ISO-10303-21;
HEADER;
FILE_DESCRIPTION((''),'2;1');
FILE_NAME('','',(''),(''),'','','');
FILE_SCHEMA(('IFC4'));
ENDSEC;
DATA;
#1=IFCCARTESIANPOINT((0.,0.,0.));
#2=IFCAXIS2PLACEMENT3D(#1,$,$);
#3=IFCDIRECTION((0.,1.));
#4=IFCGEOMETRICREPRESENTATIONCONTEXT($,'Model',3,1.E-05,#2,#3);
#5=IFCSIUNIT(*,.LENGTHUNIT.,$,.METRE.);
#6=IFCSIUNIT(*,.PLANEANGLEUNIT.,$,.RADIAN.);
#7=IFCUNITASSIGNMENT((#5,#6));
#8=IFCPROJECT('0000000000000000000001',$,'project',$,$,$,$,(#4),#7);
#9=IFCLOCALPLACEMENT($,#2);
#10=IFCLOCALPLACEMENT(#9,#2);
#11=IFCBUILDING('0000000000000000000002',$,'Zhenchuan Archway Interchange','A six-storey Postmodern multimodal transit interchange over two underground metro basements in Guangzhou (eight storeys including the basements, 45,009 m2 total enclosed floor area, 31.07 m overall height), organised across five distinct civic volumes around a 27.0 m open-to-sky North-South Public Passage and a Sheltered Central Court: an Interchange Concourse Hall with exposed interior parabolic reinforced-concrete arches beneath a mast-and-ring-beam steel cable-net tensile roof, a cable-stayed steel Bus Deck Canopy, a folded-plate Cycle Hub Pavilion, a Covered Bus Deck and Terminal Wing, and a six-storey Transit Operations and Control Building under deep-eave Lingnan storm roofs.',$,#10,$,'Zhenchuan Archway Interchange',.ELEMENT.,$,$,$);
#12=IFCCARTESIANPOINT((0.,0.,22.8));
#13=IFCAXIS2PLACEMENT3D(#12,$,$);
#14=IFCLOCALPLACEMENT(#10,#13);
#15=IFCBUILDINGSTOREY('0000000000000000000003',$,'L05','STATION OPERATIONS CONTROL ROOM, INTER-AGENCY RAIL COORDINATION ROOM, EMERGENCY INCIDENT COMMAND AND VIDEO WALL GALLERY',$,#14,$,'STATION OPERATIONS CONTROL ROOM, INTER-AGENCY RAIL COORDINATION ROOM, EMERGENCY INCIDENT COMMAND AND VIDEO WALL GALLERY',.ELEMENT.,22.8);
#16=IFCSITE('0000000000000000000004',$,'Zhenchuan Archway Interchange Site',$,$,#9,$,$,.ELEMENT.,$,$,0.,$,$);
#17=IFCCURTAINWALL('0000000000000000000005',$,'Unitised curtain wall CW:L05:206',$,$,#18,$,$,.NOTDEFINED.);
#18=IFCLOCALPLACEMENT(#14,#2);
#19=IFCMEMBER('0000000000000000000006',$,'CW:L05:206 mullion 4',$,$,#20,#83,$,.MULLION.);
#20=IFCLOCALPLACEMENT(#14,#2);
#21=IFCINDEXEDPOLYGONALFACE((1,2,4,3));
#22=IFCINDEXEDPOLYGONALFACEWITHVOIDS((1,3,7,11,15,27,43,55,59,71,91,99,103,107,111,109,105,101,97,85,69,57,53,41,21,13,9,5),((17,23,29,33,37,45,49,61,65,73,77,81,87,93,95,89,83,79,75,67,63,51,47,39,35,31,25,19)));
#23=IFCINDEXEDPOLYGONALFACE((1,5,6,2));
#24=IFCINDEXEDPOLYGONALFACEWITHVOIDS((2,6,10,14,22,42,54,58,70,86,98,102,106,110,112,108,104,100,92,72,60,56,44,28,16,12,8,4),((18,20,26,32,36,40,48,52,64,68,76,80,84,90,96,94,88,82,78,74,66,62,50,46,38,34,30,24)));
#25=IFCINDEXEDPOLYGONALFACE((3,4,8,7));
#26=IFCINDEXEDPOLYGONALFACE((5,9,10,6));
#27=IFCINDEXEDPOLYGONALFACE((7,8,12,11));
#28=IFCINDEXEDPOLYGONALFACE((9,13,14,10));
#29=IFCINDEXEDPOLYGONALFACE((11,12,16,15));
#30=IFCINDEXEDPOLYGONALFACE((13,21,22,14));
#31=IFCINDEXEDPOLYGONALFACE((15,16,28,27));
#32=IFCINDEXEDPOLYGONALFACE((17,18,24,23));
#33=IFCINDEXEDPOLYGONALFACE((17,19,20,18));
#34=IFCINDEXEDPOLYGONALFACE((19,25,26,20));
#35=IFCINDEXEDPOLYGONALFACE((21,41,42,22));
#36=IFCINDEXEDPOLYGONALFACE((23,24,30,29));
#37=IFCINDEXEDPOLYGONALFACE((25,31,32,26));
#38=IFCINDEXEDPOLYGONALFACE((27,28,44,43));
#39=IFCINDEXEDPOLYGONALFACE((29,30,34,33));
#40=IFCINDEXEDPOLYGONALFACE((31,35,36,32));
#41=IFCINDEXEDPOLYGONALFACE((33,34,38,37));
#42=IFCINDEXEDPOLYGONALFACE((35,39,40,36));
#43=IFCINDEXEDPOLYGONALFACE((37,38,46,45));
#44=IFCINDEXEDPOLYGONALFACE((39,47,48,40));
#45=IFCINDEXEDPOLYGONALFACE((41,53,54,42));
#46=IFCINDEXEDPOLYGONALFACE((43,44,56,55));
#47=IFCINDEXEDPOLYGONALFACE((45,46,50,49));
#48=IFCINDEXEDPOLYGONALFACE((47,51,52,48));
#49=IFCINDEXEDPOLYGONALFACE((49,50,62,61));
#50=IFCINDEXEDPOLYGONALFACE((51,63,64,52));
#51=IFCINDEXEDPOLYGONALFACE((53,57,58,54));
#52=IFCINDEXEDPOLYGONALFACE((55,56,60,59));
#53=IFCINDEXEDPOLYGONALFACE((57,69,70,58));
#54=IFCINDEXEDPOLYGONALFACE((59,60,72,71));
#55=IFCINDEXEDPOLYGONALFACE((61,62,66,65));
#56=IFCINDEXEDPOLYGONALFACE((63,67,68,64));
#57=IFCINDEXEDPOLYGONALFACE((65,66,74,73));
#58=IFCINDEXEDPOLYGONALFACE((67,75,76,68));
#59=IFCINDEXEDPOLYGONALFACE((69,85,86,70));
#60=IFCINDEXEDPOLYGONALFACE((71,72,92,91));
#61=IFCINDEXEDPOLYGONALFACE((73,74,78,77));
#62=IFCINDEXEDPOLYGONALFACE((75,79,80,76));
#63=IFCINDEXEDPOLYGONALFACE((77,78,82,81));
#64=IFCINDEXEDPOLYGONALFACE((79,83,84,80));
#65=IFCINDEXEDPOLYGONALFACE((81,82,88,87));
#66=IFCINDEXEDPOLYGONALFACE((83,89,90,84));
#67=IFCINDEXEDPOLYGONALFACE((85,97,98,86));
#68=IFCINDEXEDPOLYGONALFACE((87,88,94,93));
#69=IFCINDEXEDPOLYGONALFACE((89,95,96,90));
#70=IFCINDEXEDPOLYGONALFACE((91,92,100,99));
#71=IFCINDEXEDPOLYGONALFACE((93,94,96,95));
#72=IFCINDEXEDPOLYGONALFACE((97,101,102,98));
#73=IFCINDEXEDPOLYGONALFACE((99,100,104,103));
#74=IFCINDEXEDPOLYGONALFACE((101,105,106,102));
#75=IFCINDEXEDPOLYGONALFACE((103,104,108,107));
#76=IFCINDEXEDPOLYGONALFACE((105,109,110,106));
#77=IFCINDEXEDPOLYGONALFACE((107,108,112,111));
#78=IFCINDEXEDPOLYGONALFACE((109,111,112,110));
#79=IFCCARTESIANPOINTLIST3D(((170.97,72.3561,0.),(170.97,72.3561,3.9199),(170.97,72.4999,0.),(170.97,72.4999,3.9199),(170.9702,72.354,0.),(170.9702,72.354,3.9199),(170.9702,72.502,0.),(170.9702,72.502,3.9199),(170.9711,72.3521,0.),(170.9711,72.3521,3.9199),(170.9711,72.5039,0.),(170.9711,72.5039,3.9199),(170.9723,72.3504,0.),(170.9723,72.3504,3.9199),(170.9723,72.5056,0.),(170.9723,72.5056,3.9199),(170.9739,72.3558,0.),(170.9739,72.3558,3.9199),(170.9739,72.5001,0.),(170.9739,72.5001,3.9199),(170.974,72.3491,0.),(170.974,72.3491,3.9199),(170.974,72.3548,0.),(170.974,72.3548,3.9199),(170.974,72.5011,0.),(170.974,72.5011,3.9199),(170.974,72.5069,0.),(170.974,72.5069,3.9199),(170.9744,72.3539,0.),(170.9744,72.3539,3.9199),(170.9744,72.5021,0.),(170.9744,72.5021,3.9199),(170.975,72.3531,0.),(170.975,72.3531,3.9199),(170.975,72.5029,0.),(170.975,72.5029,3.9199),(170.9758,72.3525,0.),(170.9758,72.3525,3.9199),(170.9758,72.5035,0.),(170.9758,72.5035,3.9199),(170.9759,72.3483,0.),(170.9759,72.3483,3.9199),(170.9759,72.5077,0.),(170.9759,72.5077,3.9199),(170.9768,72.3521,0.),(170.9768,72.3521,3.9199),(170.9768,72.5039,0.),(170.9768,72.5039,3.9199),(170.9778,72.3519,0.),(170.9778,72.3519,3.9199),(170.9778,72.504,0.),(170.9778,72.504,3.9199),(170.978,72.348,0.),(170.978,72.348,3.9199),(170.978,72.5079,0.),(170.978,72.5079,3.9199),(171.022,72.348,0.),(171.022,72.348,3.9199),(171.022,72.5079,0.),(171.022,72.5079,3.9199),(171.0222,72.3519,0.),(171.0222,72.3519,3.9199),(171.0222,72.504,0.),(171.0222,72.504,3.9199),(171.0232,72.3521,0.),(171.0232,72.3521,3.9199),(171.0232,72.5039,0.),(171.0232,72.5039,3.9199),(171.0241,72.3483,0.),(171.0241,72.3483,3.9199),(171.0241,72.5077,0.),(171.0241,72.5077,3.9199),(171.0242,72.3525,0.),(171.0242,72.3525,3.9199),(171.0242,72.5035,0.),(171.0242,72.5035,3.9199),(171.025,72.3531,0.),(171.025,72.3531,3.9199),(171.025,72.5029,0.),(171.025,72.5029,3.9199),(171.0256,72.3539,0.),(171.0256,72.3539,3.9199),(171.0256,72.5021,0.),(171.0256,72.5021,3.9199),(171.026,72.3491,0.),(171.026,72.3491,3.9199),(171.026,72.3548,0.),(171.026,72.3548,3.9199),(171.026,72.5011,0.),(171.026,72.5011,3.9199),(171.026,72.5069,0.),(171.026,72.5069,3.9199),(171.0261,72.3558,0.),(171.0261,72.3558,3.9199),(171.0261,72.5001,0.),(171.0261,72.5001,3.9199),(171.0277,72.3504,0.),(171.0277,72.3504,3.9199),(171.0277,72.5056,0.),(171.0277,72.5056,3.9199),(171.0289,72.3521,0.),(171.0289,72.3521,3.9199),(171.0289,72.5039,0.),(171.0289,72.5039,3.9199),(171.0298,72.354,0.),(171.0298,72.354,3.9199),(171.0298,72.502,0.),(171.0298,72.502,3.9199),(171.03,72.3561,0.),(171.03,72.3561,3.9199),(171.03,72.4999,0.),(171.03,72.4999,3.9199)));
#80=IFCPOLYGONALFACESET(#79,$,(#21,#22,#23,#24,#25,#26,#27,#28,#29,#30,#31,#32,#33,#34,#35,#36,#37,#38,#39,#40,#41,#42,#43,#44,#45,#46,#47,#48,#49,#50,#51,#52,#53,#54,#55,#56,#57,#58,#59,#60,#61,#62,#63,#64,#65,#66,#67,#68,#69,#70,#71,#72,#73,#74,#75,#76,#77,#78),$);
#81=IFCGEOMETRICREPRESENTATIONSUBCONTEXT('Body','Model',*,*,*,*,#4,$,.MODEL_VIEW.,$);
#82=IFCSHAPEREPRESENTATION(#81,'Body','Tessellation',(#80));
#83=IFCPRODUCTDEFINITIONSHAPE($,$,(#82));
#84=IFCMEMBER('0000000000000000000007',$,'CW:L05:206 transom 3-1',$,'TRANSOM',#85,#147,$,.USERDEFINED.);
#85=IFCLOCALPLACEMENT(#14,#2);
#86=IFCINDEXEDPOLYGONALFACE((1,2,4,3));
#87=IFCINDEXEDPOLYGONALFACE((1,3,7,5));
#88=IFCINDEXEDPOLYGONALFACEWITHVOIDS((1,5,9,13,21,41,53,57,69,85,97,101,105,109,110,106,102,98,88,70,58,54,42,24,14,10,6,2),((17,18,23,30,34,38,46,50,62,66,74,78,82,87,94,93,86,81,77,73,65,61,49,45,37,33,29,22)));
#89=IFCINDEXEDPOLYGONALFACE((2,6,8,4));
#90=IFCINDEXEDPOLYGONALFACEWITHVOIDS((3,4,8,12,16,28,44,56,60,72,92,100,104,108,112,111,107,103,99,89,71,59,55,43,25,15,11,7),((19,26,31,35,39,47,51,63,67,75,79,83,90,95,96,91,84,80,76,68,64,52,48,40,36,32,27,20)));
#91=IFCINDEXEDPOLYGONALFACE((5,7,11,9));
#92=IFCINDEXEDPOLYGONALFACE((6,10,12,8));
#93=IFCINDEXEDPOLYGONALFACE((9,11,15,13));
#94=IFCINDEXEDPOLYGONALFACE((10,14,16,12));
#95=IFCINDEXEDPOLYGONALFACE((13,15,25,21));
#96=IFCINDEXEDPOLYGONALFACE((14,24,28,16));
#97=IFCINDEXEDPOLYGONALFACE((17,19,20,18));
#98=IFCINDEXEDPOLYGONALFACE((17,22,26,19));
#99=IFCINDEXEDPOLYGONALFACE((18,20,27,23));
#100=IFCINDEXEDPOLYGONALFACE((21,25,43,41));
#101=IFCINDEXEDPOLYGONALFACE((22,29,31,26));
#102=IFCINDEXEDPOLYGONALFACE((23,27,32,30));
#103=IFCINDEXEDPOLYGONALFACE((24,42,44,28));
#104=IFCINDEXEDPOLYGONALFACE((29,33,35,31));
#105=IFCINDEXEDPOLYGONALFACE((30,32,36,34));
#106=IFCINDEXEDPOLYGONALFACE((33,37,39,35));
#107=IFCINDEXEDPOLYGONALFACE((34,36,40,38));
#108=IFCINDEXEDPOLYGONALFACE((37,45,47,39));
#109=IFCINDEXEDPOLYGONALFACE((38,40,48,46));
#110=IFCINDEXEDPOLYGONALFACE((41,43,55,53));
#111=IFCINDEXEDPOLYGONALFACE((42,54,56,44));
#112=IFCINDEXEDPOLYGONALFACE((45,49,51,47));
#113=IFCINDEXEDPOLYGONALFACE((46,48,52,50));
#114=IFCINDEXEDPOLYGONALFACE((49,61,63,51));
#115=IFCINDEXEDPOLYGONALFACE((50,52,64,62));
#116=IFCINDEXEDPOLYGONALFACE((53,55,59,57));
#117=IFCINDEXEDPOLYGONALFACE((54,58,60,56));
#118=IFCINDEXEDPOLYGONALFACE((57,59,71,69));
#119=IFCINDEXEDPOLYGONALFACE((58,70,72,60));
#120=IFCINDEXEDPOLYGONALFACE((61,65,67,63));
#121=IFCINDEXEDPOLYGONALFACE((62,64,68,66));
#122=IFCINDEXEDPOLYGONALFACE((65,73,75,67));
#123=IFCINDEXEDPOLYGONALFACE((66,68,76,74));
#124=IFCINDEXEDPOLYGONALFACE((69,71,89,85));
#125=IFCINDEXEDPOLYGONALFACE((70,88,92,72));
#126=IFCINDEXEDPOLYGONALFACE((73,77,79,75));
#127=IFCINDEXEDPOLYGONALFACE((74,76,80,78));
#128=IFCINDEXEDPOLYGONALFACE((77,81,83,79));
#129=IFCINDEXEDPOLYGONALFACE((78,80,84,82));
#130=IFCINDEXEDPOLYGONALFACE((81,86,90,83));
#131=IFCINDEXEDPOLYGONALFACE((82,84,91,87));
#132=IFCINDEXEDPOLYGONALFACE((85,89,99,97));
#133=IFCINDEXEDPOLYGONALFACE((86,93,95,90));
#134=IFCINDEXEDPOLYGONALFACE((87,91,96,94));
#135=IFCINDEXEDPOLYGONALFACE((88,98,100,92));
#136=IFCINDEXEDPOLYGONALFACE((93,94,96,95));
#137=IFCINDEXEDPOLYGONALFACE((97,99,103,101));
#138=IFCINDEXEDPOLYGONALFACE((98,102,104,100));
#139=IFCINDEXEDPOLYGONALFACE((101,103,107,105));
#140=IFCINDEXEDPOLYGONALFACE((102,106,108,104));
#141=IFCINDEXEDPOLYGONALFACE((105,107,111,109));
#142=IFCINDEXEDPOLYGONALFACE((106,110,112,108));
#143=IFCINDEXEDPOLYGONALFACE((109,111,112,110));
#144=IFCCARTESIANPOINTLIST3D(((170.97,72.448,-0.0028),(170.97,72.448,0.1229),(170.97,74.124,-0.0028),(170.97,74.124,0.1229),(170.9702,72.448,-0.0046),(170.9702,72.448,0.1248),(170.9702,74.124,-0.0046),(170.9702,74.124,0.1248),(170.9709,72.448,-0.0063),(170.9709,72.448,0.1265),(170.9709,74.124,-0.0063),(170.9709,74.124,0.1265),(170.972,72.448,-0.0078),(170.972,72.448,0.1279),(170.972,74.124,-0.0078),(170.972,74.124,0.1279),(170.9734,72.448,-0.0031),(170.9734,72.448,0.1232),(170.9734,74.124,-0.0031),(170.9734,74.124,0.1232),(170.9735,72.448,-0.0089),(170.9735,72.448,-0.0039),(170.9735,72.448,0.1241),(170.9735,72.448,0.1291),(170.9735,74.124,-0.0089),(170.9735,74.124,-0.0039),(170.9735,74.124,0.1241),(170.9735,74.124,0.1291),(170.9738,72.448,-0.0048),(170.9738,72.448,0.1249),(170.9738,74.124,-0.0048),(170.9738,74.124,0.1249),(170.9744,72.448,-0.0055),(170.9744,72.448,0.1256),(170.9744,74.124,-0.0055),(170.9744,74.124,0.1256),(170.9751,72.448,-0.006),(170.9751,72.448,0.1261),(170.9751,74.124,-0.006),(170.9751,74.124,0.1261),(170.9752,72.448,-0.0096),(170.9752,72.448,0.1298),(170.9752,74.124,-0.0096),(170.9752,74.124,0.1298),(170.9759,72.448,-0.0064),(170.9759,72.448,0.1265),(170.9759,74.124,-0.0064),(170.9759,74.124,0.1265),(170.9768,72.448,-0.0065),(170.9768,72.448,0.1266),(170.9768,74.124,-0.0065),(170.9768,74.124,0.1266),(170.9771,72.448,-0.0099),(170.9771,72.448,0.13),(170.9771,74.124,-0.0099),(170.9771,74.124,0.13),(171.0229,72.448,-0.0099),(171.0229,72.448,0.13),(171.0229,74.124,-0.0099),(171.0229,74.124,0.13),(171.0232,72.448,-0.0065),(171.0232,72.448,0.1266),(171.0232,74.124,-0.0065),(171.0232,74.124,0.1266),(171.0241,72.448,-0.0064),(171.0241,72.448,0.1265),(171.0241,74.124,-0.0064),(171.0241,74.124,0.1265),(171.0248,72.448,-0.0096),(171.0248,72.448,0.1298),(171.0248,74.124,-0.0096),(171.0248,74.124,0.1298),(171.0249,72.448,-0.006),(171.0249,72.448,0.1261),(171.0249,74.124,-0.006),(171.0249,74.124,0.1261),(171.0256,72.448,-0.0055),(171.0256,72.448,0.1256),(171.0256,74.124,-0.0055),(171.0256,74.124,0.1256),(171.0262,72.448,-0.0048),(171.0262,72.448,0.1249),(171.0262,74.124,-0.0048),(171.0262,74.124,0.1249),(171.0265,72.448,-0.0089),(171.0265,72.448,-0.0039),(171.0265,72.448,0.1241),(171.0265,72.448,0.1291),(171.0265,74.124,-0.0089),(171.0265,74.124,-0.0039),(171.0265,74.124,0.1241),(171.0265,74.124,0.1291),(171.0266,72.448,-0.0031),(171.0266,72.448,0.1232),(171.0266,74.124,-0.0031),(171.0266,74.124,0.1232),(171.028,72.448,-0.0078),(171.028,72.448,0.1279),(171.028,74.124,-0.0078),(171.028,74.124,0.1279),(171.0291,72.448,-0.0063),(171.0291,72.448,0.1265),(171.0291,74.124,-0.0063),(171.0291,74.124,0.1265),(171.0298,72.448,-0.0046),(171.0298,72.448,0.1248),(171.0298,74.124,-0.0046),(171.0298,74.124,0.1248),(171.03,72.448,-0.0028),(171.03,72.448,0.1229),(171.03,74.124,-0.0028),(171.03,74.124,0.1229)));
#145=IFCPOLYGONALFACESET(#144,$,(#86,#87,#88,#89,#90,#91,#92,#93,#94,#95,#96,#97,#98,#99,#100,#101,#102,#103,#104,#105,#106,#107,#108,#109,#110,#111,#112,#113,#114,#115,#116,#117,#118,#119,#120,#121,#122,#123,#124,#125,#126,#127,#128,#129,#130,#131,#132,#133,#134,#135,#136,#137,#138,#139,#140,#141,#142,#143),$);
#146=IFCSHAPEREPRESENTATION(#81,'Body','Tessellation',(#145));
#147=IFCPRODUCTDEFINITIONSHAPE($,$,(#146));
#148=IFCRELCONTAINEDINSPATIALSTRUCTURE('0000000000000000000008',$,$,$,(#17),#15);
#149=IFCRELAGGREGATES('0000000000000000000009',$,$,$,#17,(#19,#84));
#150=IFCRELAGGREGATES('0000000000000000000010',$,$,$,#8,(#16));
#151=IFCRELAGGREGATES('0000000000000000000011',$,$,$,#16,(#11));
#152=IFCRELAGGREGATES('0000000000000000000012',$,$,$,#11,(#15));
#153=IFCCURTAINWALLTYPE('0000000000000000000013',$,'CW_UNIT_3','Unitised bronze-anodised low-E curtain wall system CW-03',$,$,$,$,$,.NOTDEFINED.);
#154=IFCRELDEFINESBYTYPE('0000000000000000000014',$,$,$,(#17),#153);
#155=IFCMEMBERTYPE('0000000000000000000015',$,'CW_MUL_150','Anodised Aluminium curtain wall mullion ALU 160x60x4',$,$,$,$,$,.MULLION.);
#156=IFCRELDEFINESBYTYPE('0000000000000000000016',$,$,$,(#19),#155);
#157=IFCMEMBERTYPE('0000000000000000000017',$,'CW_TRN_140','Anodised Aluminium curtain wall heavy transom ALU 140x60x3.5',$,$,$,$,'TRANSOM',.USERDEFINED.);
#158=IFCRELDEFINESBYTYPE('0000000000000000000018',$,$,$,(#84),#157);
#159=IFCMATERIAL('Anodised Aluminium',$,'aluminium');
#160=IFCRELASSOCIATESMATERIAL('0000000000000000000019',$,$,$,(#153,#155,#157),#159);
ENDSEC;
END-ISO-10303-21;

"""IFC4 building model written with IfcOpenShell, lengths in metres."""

from ifc_helpers import new_model, si_unit, direction, frame, origin, origin_2d, place, context, subcontext, project, spatial, hollow_rectangle, extrude, material, material_profile, profile_set, type_object, element, aggregate, save


model = new_model("IFC4")

# Units and contexts
model_context = context("Model", 3, precision=1e-05, world=origin(), true_north=direction((0.0, 1.0)))
body_context = subcontext(model_context, "Body", "Model", "MODEL_VIEW")
ifc_project = project(units=[si_unit("LENGTHUNIT", "METRE"), si_unit("PLANEANGLEUNIT", "RADIAN")], contexts=[model_context])

# Site, building, storey
site_placement = place(None, origin())
site = spatial("IfcSite", under=ifc_project, at=site_placement, Name="Zhenchuan Archway Interchange Site", CompositionType="ELEMENT", RefElevation=0.0)
building_placement = place(site_placement, origin())
building = spatial("IfcBuilding", under=site, at=building_placement, Name="Zhenchuan Archway Interchange", Description="A six-storey Postmodern multimodal transit interchange over two underground metro basements in Guangzhou (eight storeys including the basements, 45,009 m2 total enclosed floor area, 31.07 m overall height), organised across five distinct civic volumes around a 27.0 m open-to-sky North-South Public Passage and a Sheltered Central Court: an Interchange Concourse Hall with exposed interior parabolic reinforced-concrete arches beneath a mast-and-ring-beam steel cable-net tensile roof, a cable-stayed steel Bus Deck Canopy, a folded-plate Cycle Hub Pavilion, a Covered Bus Deck and Terminal Wing, and a six-storey Transit Operations and Control Building under deep-eave Lingnan storm roofs.", LongName="Zhenchuan Archway Interchange", CompositionType="ELEMENT")
storey_placement = place(building_placement, frame((0.0, 0.0, 22.8)))
storey = spatial("IfcBuildingStorey", under=building, at=storey_placement, Name="L05", Description="STATION OPERATIONS CONTROL ROOM, INTER-AGENCY RAIL COORDINATION ROOM, EMERGENCY INCIDENT COMMAND AND VIDEO WALL GALLERY", LongName="STATION OPERATIONS CONTROL ROOM, INTER-AGENCY RAIL COORDINATION ROOM, EMERGENCY INCIDENT COMMAND AND VIDEO WALL GALLERY", CompositionType="ELEMENT", Elevation=22.8)

# Curtain wall, members
ifc_material_1 = material(Name="Anodised Aluminium", Category="aluminium")
curtain_wall_type = type_object("IfcCurtainWallType", Name="CW_UNIT_3", Description="Unitised bronze-anodised low-E curtain wall system CW-03", PredefinedType="NOTDEFINED", material=ifc_material_1)
curtain_wall_placement = place(storey_placement, origin())
curtain_wall = element("IfcCurtainWall", 1, at=curtain_wall_placement, inside=storey, type_object=curtain_wall_type, Name="Unitised curtain wall CW:L05:206", PredefinedType="NOTDEFINED")
ifc_material_profile_1 = material_profile(ifc_material_1, hollow_rectangle(XDim=0.0601, YDim=0.1599, WallThickness=0.0039, InnerFilletRadius=0.0039, OuterFilletRadius=0.0081, at=origin_2d()), Name="ALU 160x60x4")
ifc_profile_set_1 = profile_set([ifc_material_profile_1], Name="Anodised Aluminium")
member_type_1 = type_object("IfcMemberType", Name="CW_MUL_150", Description="Anodised Aluminium curtain wall mullion ALU 160x60x4", PredefinedType="MULLION", material=ifc_profile_set_1)
member_1_placement = place(storey_placement, frame((171.0, 72.428, 0.0), z_axis=(0.0, 0.0, 1.0), x_axis=(1.0, 0.0, 0.0)))
member_1 = element("IfcMember", 2, at=member_1_placement, type_object=member_type_1, Name="CW:L05:206 mullion 4", PredefinedType="MULLION", context=body_context, shape_type="SweptSolid", body=[
    extrude(hollow_rectangle(XDim=0.0601, YDim=0.1599, WallThickness=0.0039, InnerFilletRadius=0.0039, OuterFilletRadius=0.0081, at=origin_2d()), origin(), (0.0, 0.0, 1.0), 3.9199),
])
ifc_material_profile_2 = material_profile(ifc_material_1, hollow_rectangle(XDim=0.0601, YDim=0.1399, WallThickness=0.0034, InnerFilletRadius=0.0034, OuterFilletRadius=0.0071, at=origin_2d()), Name="ALU 140x60x3.5")
ifc_profile_set_2 = profile_set([ifc_material_profile_2], Name="Anodised Aluminium")
member_type_2 = type_object("IfcMemberType", Name="CW_TRN_140", Description="Anodised Aluminium curtain wall heavy transom ALU 140x60x3.5", ElementType="TRANSOM", PredefinedType="USERDEFINED", material=ifc_profile_set_2)
member_2_placement = place(storey_placement, frame((171.0, 74.124, 0.0601), z_axis=(0.0, -1.0, 0.0), x_axis=(1.0, 0.0, 0.0)))
member_2 = element("IfcMember", 3, at=member_2_placement, type_object=member_type_2, Name="CW:L05:206 transom 3-1", ObjectType="TRANSOM", PredefinedType="USERDEFINED", context=body_context, shape_type="SweptSolid", body=[
    extrude(hollow_rectangle(XDim=0.0601, YDim=0.1399, WallThickness=0.0034, InnerFilletRadius=0.0034, OuterFilletRadius=0.0071, at=origin_2d()), origin(), (0.0, 0.0, 1.0), 1.676),
])

aggregate(curtain_wall, [member_1, member_2])

save(model, "model.ifc")
